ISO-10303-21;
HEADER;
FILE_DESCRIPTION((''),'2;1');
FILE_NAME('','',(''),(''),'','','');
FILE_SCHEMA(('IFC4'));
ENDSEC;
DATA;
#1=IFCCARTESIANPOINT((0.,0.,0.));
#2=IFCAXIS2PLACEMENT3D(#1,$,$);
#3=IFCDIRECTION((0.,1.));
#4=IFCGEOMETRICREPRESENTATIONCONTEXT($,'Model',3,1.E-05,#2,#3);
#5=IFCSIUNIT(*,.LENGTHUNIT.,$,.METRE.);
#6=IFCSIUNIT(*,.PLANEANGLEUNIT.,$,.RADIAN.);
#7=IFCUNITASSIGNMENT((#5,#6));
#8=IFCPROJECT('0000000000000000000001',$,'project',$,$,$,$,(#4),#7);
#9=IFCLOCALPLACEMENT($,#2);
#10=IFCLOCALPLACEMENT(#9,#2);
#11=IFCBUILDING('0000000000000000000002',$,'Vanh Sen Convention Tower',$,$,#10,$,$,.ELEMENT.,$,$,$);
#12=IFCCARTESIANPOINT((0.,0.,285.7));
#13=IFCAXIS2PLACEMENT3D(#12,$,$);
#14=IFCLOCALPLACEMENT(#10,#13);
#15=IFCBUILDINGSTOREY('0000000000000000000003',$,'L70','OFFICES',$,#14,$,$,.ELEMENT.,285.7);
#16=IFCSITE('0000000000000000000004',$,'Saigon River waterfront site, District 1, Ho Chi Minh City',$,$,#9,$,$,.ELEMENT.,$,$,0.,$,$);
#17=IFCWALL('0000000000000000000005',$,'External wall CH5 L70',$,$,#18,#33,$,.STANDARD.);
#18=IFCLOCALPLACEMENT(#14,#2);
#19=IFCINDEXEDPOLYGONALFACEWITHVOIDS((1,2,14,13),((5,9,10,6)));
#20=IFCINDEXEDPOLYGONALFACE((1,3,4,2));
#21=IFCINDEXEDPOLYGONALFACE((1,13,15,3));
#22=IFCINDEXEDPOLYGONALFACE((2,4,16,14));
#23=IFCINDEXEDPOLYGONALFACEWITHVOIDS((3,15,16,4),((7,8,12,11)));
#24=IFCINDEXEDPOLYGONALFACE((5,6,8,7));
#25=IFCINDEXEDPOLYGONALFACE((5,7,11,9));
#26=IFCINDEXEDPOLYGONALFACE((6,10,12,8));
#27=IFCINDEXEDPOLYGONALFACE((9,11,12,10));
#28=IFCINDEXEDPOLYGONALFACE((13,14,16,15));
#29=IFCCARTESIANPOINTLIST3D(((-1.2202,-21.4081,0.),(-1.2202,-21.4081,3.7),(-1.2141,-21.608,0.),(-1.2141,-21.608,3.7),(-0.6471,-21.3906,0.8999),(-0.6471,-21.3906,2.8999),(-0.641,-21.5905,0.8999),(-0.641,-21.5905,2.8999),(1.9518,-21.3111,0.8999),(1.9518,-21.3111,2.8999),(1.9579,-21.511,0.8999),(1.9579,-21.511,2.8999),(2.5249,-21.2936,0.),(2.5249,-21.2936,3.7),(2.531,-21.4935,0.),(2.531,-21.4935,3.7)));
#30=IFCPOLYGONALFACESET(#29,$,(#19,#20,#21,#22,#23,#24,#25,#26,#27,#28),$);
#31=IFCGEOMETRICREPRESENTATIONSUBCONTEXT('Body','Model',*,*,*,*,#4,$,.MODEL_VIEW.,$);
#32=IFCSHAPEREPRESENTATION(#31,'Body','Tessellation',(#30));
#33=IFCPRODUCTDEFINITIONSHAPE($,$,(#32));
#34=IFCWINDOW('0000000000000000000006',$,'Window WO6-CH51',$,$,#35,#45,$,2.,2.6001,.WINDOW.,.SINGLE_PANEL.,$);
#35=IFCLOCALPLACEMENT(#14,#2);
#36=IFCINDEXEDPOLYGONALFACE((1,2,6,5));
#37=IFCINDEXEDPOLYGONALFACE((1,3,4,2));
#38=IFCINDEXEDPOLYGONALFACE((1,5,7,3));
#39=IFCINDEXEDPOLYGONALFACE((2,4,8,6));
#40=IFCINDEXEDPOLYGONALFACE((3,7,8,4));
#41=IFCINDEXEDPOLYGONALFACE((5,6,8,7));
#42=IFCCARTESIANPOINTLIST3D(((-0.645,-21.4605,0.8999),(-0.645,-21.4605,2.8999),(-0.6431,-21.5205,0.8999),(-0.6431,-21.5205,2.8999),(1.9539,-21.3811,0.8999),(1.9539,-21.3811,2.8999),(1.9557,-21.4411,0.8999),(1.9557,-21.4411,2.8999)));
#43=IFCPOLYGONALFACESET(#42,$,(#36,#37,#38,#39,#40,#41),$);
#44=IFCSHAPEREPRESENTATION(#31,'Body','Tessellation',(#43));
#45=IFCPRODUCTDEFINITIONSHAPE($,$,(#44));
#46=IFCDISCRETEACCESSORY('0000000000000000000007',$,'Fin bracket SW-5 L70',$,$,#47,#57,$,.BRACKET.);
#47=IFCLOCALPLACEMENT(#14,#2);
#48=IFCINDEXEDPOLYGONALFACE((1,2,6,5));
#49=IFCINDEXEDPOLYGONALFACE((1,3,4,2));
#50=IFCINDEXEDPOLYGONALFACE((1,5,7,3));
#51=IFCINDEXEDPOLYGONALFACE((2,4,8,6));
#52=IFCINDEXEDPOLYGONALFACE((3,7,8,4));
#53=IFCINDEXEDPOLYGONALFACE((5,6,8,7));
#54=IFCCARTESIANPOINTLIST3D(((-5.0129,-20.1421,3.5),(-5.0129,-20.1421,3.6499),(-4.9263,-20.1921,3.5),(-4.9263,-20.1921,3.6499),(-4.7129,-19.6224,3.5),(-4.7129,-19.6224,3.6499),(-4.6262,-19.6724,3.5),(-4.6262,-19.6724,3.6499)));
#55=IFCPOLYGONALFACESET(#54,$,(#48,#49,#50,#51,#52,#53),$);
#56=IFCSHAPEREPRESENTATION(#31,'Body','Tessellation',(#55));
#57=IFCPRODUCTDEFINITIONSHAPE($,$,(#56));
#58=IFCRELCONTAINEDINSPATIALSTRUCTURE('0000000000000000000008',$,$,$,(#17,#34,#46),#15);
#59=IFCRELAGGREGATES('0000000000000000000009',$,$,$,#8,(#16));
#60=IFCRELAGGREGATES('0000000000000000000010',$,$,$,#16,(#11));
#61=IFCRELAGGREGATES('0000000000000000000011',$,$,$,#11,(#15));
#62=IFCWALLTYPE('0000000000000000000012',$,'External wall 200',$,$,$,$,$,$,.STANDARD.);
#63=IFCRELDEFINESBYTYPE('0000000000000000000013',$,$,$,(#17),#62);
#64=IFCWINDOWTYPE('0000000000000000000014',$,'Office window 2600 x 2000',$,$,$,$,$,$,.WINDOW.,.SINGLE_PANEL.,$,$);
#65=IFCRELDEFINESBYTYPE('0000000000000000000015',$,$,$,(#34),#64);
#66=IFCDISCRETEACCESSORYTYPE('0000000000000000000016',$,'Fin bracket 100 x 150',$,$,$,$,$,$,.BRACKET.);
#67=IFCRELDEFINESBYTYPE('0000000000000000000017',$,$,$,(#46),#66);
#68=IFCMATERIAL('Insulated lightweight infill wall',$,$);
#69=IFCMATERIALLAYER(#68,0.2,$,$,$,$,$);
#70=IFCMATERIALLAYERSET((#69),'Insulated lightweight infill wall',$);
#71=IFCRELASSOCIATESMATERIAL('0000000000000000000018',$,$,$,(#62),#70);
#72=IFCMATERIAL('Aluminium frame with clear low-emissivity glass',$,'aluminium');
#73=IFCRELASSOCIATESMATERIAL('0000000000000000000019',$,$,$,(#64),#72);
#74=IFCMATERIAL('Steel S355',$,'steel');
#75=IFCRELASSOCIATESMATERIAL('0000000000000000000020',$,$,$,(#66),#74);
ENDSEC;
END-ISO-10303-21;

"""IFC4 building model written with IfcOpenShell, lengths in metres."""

from ifc_helpers import new_model, si_unit, direction, frame, frame_2d, origin, origin_2d, place, context, subcontext, project, spatial, rectangle, extrude, material, layer, layer_set, type_object, element, fill, save


model = new_model("IFC4")

# Units and contexts
model_context = context("Model", 3, precision=1e-05, world=origin(), true_north=direction((0.0, 1.0)))
body_context = subcontext(model_context, "Body", "Model", "MODEL_VIEW")
ifc_project = project(units=[si_unit("LENGTHUNIT", "METRE"), si_unit("PLANEANGLEUNIT", "RADIAN")], contexts=[model_context])

# Site, building, storey
site_placement = place(None, origin())
site = spatial("IfcSite", under=ifc_project, at=site_placement, Name="Saigon River waterfront site, District 1, Ho Chi Minh City", CompositionType="ELEMENT", RefElevation=0.0)
building_placement = place(site_placement, origin())
building = spatial("IfcBuilding", under=site, at=building_placement, Name="Vanh Sen Convention Tower", CompositionType="ELEMENT")
storey_placement = place(building_placement, frame((0.0, 0.0, 285.7)))
storey = spatial("IfcBuildingStorey", under=building, at=storey_placement, Name="L70", Description="OFFICES", CompositionType="ELEMENT", Elevation=285.7)

# Wall, opening, window
ifc_material_1 = material(Name="Insulated lightweight infill wall")
ifc_layer_1 = layer(ifc_material_1, 0.2)
ifc_layer_set_1 = layer_set([ifc_layer_1], Name="Insulated lightweight infill wall")
wall_type_1 = type_object("IfcWallType", Name="External wall 200", PredefinedType="STANDARD", material=ifc_layer_set_1)
wall_1_placement = place(storey_placement, frame((-1.2173, -21.5081, 0.0), z_axis=(0.0, 0.0, 1.0), x_axis=(0.999533, 0.030559, 0.0)))
wall_1 = element("IfcWall", 1, at=wall_1_placement, inside=storey, type_object=wall_type_1, Name="External wall CH5 L70", PredefinedType="STANDARD", context=body_context, shape_type="SweptSolid", body=[
    extrude(rectangle(XDim=3.7468, YDim=0.2, at=frame_2d((1.8735, 0.0))), origin(), (0.0, 0.0, 1.0), 3.7),
])
opening_1_placement = place(wall_1_placement, frame((0.5735, 0.0, 0.8999)))
opening_1 = element("IfcOpeningElement", 2, at=opening_1_placement, cuts=wall_1, PredefinedType="OPENING", context=body_context, shape_type="SweptSolid", body=[
    extrude(rectangle(XDim=2.6001, YDim=2.0, at=frame_2d((1.3, 1.0))), frame((0.0, 0.1099, 0.0), z_axis=(0.0, -1.0, 0.0), x_axis=(1.0, 0.0, 0.0)), (0.0, 0.0, 1.0), 0.22),
])
ifc_material_2 = material(Name="Aluminium frame with clear low-emissivity glass", Category="aluminium")
window_type = type_object("IfcWindowType", Name="Office window 2600 x 2000", PartitioningType="SINGLE_PANEL", PredefinedType="WINDOW", material=ifc_material_2)
window_placement = place(opening_1_placement, origin())
window = element("IfcWindow", 3, at=window_placement, inside=storey, type_object=window_type, Name="Window WO6-CH51", OverallHeight=2.0, OverallWidth=2.6001, PartitioningType="SINGLE_PANEL", PredefinedType="WINDOW", context=body_context, shape_type="SweptSolid", body=[
    extrude(rectangle(XDim=2.6001, YDim=2.0, at=frame_2d((1.3, 1.0))), frame((0.0, 0.03, 0.0), z_axis=(0.0, -1.0, 0.0), x_axis=(1.0, 0.0, 0.0)), (0.0, 0.0, 1.0), 0.0601),
])
fill(opening_1, window)

# Discrete accessory
ifc_material_3 = material(Name="Steel S355", Category="steel")
discrete_accessory_type = type_object("IfcDiscreteAccessoryType", Name="Fin bracket 100 x 150", PredefinedType="BRACKET", material=ifc_material_3)
discrete_accessory_placement = place(storey_placement, frame((-4.8196, -19.9072, 3.5), z_axis=(0.0, 0.0, 1.0), x_axis=(-0.5, -0.866025, 0.0)))
element("IfcDiscreteAccessory", 4, at=discrete_accessory_placement, inside=storey, type_object=discrete_accessory_type, Name="Fin bracket SW-5 L70", PredefinedType="BRACKET", context=body_context, shape_type="SweptSolid", body=[
    extrude(rectangle(XDim=0.6001, YDim=0.1001, at=origin_2d()), origin(), (0.0, 0.0, 1.0), 0.1499),
])

save(model, "model.ifc")
